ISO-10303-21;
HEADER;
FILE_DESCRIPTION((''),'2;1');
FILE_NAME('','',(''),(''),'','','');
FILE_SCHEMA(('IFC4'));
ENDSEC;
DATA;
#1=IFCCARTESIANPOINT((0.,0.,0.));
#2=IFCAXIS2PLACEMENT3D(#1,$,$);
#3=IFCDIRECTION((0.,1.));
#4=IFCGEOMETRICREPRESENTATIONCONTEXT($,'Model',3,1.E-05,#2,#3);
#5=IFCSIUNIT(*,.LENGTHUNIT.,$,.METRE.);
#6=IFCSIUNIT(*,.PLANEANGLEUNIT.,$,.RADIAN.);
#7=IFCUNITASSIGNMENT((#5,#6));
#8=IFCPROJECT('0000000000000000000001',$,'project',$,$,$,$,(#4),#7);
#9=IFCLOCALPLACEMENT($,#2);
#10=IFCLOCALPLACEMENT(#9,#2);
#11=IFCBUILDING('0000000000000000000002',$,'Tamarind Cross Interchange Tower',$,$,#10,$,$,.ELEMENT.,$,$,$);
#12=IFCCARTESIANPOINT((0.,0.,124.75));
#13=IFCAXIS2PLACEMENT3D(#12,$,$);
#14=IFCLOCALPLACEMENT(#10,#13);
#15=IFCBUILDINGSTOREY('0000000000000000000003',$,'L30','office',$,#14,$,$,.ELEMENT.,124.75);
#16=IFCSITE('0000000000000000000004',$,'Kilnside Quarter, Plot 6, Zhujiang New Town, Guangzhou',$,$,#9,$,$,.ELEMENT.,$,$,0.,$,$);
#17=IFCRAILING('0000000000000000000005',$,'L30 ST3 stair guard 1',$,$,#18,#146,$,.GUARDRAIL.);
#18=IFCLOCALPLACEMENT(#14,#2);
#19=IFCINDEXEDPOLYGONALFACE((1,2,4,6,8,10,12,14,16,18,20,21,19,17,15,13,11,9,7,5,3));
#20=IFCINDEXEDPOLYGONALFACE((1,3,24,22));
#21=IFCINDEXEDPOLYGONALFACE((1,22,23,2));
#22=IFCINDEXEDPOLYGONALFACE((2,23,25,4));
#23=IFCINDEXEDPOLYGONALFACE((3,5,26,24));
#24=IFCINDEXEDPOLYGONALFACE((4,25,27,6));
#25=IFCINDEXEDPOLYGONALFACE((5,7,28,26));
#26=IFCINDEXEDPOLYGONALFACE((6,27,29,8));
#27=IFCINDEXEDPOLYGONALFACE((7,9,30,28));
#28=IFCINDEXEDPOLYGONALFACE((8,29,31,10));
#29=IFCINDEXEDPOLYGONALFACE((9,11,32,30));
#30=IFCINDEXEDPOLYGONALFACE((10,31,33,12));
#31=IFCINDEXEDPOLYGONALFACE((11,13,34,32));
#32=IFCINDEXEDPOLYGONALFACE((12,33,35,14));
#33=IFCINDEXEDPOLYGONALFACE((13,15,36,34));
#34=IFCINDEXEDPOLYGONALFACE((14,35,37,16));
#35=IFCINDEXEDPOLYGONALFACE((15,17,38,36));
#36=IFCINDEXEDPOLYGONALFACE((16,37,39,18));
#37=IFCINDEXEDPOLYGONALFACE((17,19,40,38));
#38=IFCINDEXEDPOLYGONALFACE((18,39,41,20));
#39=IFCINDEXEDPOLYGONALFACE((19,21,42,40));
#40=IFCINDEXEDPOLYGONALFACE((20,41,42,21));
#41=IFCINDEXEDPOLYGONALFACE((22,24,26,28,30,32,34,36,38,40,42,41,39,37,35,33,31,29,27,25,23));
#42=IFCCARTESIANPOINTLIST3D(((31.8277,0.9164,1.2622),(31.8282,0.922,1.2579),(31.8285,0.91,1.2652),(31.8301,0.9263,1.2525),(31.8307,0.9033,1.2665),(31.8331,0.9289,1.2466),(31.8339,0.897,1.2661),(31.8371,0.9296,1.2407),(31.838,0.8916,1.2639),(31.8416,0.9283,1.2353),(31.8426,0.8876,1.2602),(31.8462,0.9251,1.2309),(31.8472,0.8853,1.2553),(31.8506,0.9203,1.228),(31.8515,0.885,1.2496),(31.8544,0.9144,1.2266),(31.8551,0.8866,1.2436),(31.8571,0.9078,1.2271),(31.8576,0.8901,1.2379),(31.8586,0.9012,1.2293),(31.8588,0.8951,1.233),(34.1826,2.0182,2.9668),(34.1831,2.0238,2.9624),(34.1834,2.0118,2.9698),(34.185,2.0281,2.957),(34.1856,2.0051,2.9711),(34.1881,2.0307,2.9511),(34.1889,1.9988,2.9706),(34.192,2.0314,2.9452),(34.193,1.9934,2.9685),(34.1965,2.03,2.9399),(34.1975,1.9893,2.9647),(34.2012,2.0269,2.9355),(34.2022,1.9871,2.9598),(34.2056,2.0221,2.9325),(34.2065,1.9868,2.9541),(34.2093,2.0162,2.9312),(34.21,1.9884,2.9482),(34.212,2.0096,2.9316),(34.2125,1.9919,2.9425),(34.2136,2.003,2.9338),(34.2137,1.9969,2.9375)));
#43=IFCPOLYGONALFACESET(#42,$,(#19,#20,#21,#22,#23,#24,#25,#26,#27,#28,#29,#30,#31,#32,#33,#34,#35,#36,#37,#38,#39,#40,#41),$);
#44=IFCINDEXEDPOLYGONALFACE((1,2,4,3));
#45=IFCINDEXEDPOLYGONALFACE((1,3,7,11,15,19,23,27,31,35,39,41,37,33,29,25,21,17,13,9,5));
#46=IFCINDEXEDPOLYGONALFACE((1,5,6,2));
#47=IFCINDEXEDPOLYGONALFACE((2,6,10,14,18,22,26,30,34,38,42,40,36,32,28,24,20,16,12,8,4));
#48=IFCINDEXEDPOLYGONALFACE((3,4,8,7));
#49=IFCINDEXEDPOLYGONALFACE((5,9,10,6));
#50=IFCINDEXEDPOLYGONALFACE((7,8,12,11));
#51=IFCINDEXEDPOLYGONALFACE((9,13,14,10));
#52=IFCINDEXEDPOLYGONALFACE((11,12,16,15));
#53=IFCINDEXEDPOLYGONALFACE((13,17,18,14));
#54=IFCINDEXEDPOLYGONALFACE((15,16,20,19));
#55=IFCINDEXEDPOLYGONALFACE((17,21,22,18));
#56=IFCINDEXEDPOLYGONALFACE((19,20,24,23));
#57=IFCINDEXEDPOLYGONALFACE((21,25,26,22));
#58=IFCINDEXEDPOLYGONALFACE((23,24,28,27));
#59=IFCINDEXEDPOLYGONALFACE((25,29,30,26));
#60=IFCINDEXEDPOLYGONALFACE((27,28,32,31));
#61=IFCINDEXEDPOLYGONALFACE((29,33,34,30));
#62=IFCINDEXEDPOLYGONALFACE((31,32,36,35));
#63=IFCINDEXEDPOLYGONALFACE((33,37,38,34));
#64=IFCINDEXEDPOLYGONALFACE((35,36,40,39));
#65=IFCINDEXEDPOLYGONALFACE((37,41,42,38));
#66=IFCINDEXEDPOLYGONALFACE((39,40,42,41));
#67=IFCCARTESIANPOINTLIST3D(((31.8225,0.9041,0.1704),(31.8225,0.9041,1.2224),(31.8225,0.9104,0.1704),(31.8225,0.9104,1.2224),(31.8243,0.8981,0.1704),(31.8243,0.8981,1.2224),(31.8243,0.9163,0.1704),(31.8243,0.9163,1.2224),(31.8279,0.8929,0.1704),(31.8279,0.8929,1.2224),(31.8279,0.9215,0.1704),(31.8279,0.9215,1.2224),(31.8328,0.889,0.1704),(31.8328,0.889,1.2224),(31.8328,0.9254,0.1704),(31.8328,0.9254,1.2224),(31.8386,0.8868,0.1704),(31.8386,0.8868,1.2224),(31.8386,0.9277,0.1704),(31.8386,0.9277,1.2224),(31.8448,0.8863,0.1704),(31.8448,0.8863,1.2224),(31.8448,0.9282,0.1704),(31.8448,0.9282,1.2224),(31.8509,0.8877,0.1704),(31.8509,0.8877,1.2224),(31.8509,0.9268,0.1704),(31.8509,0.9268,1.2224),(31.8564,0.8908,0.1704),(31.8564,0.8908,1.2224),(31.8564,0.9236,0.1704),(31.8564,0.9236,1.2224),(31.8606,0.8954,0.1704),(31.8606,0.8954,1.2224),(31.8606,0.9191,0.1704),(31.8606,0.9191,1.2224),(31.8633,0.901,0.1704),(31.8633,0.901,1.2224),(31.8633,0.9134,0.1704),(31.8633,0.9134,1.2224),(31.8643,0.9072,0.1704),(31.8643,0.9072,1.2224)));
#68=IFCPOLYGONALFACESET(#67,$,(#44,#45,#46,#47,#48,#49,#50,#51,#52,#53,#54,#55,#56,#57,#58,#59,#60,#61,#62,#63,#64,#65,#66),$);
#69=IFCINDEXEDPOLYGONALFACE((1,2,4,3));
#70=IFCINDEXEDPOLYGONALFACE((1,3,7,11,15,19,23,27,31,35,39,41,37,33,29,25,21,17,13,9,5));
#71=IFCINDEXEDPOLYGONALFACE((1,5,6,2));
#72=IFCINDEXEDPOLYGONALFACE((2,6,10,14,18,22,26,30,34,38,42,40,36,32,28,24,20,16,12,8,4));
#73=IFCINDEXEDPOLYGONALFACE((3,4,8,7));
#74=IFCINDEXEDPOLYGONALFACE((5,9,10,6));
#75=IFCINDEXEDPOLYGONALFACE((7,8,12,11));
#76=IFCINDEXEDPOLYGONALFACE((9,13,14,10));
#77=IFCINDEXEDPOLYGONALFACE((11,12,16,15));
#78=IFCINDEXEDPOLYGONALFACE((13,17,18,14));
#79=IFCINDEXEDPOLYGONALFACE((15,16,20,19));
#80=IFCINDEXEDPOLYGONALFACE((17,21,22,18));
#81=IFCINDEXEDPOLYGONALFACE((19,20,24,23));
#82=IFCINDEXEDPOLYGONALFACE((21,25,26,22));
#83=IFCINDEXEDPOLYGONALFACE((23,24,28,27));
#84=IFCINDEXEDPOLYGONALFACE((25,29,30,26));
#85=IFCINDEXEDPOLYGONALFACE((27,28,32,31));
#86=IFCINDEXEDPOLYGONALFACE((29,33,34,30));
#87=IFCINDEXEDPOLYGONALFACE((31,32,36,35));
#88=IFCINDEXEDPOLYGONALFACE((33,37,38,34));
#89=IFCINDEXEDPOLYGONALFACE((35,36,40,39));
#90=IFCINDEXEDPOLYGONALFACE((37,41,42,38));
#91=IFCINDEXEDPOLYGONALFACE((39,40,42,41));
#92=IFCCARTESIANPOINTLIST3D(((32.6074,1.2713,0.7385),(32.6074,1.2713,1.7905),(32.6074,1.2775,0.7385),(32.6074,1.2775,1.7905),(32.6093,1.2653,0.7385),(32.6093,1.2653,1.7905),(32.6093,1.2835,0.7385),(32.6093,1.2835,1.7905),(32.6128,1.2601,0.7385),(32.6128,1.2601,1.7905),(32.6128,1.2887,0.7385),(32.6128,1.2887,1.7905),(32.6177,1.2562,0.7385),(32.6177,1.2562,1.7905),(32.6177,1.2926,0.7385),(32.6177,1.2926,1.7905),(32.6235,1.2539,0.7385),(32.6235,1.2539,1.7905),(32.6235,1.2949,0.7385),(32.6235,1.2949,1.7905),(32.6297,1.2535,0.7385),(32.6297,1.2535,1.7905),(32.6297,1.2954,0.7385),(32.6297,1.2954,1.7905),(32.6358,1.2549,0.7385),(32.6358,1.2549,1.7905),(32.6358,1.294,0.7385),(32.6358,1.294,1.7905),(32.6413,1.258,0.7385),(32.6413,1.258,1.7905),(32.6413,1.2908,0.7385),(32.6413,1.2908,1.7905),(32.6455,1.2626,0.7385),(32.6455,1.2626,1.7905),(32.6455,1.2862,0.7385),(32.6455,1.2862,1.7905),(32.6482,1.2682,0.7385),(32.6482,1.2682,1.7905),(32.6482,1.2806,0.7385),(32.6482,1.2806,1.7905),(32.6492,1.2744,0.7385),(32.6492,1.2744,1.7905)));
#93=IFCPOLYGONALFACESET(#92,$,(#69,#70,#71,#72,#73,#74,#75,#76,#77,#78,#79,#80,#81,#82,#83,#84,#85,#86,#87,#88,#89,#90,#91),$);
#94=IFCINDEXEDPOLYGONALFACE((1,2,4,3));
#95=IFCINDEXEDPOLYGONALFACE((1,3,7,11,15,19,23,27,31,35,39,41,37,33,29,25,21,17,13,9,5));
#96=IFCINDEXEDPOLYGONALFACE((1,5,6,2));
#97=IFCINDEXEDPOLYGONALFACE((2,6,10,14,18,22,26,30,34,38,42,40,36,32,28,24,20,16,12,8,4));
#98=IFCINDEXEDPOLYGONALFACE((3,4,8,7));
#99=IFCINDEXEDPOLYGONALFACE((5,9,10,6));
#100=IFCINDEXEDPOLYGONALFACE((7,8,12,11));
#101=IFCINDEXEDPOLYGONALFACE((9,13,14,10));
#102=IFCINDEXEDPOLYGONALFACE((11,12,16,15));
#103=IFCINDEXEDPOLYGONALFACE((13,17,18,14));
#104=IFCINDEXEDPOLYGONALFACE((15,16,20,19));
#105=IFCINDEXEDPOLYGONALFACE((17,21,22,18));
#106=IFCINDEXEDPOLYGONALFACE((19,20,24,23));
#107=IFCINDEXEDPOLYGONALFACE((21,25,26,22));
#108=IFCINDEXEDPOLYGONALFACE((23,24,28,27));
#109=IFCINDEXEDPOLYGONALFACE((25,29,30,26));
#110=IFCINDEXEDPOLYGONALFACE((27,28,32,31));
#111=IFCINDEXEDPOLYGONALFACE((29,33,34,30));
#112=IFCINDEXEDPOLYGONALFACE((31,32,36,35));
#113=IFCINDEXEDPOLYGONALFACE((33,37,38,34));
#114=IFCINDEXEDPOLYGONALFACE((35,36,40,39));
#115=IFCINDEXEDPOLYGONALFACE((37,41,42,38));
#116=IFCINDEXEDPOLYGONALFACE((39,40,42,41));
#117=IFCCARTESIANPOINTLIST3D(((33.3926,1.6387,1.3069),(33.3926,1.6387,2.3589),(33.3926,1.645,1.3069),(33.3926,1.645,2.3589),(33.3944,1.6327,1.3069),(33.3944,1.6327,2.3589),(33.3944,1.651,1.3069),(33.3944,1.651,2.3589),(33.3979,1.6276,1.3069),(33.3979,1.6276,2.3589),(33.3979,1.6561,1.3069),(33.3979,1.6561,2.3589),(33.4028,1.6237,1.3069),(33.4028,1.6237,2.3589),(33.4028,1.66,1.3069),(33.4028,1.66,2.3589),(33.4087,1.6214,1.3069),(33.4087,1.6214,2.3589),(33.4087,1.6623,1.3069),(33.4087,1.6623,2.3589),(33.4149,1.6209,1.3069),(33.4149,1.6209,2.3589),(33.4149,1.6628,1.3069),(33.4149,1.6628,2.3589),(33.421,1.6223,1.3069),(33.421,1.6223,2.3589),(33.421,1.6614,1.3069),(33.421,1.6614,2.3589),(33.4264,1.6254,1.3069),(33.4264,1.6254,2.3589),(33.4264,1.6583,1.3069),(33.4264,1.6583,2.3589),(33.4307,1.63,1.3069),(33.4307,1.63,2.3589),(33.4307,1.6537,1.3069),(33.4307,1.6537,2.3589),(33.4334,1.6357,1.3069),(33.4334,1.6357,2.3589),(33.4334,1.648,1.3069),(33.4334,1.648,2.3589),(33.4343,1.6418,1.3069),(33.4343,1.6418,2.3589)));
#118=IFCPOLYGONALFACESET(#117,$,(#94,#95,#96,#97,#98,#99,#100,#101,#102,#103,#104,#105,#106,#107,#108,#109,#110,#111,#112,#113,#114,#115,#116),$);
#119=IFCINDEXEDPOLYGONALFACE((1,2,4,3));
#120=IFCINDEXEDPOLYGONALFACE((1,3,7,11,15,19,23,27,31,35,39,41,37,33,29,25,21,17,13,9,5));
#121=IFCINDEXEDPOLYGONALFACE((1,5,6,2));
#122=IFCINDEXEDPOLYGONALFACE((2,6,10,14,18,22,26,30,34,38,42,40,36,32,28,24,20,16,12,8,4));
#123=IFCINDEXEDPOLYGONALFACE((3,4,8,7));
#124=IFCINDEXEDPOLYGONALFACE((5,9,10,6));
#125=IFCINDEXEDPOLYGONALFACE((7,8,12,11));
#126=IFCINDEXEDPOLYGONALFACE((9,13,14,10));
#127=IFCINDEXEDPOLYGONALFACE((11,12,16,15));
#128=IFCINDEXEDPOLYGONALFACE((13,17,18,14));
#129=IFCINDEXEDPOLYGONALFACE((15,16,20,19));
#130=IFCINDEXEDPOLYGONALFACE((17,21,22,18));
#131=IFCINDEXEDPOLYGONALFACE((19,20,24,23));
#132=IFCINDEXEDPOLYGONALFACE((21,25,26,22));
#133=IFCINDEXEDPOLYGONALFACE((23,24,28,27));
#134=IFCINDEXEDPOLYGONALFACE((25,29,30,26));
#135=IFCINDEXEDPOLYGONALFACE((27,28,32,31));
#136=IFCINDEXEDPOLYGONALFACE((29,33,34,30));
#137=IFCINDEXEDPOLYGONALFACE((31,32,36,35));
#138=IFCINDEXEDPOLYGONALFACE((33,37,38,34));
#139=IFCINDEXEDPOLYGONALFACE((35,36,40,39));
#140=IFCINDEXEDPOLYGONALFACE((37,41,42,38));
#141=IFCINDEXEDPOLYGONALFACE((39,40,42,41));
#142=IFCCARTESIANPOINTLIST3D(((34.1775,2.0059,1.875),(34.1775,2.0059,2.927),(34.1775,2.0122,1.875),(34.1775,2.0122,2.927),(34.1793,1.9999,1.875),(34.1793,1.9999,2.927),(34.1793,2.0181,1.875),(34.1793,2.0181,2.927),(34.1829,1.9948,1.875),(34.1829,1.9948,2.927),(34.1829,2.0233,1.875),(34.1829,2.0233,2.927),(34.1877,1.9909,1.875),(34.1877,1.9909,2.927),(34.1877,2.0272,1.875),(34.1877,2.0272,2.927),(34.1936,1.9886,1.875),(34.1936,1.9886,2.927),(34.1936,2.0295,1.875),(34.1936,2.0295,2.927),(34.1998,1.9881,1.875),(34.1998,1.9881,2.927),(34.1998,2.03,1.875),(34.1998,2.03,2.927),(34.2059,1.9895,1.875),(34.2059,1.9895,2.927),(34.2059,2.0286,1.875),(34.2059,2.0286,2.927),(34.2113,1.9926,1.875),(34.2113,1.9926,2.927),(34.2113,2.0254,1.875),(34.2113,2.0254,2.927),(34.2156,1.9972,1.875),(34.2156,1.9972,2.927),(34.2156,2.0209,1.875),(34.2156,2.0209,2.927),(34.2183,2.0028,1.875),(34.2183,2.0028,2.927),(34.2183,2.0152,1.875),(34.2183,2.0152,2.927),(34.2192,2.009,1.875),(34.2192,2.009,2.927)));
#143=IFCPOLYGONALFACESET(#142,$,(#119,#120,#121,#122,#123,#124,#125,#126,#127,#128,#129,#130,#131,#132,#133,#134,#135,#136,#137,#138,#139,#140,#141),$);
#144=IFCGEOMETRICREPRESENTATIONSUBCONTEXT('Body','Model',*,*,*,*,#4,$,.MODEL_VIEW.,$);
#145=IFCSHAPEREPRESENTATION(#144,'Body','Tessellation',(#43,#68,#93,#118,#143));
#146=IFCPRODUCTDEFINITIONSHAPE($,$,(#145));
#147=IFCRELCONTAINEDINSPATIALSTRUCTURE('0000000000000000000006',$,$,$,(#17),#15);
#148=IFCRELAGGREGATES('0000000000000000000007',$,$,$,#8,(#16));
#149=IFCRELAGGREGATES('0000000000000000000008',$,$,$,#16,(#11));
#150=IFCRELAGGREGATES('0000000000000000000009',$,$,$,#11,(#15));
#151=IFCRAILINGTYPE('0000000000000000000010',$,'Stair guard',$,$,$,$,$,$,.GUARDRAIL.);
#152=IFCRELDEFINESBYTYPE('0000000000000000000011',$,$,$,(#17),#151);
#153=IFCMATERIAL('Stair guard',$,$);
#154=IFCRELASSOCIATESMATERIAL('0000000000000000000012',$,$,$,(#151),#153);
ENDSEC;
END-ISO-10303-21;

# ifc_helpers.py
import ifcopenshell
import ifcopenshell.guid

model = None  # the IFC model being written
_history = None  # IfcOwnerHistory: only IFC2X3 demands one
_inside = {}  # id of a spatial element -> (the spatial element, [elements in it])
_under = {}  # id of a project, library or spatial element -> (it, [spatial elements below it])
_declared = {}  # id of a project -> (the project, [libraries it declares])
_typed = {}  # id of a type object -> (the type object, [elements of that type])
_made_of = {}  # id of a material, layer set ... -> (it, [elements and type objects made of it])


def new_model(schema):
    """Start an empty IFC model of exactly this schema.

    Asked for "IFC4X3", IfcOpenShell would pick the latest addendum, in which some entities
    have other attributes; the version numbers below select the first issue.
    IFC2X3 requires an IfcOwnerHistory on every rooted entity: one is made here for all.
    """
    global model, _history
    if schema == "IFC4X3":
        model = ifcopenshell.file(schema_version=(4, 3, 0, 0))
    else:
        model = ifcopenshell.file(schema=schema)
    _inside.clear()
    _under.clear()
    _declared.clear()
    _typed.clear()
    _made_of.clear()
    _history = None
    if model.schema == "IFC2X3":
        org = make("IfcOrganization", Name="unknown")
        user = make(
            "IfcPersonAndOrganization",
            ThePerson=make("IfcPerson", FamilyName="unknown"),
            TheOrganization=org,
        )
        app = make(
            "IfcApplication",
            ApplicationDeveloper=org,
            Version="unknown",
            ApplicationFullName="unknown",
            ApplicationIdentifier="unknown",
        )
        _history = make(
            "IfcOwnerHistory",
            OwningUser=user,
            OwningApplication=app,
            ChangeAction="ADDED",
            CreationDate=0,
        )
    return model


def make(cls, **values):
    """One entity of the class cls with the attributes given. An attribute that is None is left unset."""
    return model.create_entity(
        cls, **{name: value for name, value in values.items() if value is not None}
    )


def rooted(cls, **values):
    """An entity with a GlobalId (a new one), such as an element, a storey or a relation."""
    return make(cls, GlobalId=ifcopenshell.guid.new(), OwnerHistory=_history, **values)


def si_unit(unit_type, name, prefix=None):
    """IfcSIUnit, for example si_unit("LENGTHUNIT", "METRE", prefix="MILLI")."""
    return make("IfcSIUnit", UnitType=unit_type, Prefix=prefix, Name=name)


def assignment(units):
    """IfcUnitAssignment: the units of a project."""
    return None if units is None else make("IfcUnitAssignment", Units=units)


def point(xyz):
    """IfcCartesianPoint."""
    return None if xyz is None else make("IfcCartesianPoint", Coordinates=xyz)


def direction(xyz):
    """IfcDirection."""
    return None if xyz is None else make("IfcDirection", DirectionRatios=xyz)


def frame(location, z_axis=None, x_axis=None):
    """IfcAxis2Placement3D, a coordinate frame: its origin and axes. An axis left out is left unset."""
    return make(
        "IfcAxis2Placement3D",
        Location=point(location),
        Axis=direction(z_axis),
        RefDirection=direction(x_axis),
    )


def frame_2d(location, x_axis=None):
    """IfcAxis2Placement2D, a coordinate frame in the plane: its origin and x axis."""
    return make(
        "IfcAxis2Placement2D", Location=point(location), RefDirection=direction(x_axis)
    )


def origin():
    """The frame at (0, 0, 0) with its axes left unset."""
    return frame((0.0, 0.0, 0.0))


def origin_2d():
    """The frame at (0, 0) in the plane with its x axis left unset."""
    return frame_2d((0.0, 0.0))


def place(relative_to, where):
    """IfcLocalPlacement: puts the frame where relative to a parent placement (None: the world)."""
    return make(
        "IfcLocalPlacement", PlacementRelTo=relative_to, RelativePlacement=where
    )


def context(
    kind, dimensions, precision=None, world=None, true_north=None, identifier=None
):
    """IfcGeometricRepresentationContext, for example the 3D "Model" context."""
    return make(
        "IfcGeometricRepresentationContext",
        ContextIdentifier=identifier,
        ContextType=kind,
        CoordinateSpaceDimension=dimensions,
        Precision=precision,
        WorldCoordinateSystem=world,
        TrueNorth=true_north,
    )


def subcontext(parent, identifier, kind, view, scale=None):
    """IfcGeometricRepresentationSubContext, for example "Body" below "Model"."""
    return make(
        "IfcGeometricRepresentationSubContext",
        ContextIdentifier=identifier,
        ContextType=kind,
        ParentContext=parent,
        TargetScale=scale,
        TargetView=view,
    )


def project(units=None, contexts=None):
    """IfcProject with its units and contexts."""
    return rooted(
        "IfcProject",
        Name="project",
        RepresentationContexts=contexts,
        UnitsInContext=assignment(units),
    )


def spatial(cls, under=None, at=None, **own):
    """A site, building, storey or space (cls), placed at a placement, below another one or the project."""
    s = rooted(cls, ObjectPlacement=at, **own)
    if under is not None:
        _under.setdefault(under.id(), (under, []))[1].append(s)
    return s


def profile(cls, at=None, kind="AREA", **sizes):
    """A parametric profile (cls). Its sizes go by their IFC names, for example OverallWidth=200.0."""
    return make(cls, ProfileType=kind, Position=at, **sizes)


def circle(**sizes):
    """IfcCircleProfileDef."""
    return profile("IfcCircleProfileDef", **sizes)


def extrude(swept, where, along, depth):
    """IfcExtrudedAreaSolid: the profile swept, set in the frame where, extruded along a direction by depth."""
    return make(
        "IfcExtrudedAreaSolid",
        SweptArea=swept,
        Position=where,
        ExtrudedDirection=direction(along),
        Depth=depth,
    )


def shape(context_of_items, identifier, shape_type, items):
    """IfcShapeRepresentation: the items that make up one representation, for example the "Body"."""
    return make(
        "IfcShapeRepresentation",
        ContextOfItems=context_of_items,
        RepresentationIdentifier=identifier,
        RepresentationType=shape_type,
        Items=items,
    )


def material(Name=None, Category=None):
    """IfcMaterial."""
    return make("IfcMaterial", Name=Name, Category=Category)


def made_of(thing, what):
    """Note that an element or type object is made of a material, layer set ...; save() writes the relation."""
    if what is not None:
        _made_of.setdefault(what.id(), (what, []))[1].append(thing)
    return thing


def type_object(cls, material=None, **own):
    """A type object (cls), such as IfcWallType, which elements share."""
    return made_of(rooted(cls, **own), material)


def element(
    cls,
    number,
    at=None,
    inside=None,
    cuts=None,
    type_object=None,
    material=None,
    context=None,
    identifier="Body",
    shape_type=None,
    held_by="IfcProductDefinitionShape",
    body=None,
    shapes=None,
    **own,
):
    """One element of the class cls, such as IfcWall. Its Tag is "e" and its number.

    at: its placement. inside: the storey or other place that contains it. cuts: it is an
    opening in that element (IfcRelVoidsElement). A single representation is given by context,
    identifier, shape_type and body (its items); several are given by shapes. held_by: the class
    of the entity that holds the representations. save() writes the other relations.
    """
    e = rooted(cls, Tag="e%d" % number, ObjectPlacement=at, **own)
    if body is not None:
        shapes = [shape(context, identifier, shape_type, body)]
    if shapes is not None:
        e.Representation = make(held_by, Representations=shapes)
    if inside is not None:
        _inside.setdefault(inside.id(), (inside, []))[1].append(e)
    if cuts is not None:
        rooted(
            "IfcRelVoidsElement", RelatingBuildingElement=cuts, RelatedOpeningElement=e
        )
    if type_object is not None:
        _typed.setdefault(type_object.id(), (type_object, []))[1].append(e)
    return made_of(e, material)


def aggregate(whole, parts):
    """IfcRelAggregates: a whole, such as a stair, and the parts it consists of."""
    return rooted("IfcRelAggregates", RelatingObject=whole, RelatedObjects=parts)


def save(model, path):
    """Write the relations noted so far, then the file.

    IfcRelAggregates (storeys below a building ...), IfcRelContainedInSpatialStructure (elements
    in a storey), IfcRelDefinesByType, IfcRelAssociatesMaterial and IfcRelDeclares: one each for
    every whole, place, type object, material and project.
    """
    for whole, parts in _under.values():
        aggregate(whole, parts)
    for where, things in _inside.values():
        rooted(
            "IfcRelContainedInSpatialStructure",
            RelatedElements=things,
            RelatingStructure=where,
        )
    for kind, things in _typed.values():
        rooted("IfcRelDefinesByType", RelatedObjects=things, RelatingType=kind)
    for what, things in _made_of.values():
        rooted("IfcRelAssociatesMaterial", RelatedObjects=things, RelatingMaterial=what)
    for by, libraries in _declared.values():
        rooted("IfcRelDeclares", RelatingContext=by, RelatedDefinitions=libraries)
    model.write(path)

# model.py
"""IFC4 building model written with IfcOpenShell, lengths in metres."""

from ifc_helpers import new_model, si_unit, direction, frame, origin, origin_2d, place, context, subcontext, project, spatial, circle, extrude, material, type_object, element, save


model = new_model("IFC4")

# Units and contexts
model_context = context("Model", 3, precision=1e-05, world=origin(), true_north=direction((0.0, 1.0)))
body_context = subcontext(model_context, "Body", "Model", "MODEL_VIEW")
ifc_project = project(units=[si_unit("LENGTHUNIT", "METRE"), si_unit("PLANEANGLEUNIT", "RADIAN")], contexts=[model_context])

# Site, building, storey
site_placement = place(None, origin())
site = spatial("IfcSite", under=ifc_project, at=site_placement, Name="Kilnside Quarter, Plot 6, Zhujiang New Town, Guangzhou", CompositionType="ELEMENT", RefElevation=0.0)
building_placement = place(site_placement, origin())
building = spatial("IfcBuilding", under=site, at=building_placement, Name="Tamarind Cross Interchange Tower", CompositionType="ELEMENT")
storey_placement = place(building_placement, frame((0.0, 0.0, 124.75)))
storey = spatial("IfcBuildingStorey", under=building, at=storey_placement, Name="L30", Description="office", CompositionType="ELEMENT", Elevation=124.75)

# Railing
ifc_material_1 = material(Name="Stair guard")
railing_type_1 = type_object("IfcRailingType", Name="Stair guard", PredefinedType="GUARDRAIL", material=ifc_material_1)
railing_1_placement = place(storey_placement, frame((31.8433, 0.9072, 0.1704)))
element("IfcRailing", 1, at=railing_1_placement, inside=storey, type_object=railing_type_1, Name="L30 ST3 stair guard 1", PredefinedType="GUARDRAIL", context=body_context, shape_type="SweptSolid", body=[
    extrude(circle(Radius=0.0239, at=origin_2d()), frame((0.0, 0.0, 1.0762), z_axis=(0.757485, 0.354399, 0.548286), x_axis=(-0.423775, 0.905768, 0.0)), (0.0, 0.0, 1.0), 3.1089),
    extrude(circle(Radius=0.021, at=origin_2d()), origin(), (0.0, 0.0, 1.0), 1.052),
    extrude(circle(Radius=0.021, at=origin_2d()), frame((0.7849, 0.3672, 0.5681)), (0.0, 0.0, 1.0), 1.052),
    extrude(circle(Radius=0.021, at=origin_2d()), frame((1.5701, 0.7346, 1.1365)), (0.0, 0.0, 1.0), 1.052),
    extrude(circle(Radius=0.021, at=origin_2d()), frame((2.355, 1.1018, 1.7046)), (0.0, 0.0, 1.0), 1.052),
])

save(model, "model.ifc")
